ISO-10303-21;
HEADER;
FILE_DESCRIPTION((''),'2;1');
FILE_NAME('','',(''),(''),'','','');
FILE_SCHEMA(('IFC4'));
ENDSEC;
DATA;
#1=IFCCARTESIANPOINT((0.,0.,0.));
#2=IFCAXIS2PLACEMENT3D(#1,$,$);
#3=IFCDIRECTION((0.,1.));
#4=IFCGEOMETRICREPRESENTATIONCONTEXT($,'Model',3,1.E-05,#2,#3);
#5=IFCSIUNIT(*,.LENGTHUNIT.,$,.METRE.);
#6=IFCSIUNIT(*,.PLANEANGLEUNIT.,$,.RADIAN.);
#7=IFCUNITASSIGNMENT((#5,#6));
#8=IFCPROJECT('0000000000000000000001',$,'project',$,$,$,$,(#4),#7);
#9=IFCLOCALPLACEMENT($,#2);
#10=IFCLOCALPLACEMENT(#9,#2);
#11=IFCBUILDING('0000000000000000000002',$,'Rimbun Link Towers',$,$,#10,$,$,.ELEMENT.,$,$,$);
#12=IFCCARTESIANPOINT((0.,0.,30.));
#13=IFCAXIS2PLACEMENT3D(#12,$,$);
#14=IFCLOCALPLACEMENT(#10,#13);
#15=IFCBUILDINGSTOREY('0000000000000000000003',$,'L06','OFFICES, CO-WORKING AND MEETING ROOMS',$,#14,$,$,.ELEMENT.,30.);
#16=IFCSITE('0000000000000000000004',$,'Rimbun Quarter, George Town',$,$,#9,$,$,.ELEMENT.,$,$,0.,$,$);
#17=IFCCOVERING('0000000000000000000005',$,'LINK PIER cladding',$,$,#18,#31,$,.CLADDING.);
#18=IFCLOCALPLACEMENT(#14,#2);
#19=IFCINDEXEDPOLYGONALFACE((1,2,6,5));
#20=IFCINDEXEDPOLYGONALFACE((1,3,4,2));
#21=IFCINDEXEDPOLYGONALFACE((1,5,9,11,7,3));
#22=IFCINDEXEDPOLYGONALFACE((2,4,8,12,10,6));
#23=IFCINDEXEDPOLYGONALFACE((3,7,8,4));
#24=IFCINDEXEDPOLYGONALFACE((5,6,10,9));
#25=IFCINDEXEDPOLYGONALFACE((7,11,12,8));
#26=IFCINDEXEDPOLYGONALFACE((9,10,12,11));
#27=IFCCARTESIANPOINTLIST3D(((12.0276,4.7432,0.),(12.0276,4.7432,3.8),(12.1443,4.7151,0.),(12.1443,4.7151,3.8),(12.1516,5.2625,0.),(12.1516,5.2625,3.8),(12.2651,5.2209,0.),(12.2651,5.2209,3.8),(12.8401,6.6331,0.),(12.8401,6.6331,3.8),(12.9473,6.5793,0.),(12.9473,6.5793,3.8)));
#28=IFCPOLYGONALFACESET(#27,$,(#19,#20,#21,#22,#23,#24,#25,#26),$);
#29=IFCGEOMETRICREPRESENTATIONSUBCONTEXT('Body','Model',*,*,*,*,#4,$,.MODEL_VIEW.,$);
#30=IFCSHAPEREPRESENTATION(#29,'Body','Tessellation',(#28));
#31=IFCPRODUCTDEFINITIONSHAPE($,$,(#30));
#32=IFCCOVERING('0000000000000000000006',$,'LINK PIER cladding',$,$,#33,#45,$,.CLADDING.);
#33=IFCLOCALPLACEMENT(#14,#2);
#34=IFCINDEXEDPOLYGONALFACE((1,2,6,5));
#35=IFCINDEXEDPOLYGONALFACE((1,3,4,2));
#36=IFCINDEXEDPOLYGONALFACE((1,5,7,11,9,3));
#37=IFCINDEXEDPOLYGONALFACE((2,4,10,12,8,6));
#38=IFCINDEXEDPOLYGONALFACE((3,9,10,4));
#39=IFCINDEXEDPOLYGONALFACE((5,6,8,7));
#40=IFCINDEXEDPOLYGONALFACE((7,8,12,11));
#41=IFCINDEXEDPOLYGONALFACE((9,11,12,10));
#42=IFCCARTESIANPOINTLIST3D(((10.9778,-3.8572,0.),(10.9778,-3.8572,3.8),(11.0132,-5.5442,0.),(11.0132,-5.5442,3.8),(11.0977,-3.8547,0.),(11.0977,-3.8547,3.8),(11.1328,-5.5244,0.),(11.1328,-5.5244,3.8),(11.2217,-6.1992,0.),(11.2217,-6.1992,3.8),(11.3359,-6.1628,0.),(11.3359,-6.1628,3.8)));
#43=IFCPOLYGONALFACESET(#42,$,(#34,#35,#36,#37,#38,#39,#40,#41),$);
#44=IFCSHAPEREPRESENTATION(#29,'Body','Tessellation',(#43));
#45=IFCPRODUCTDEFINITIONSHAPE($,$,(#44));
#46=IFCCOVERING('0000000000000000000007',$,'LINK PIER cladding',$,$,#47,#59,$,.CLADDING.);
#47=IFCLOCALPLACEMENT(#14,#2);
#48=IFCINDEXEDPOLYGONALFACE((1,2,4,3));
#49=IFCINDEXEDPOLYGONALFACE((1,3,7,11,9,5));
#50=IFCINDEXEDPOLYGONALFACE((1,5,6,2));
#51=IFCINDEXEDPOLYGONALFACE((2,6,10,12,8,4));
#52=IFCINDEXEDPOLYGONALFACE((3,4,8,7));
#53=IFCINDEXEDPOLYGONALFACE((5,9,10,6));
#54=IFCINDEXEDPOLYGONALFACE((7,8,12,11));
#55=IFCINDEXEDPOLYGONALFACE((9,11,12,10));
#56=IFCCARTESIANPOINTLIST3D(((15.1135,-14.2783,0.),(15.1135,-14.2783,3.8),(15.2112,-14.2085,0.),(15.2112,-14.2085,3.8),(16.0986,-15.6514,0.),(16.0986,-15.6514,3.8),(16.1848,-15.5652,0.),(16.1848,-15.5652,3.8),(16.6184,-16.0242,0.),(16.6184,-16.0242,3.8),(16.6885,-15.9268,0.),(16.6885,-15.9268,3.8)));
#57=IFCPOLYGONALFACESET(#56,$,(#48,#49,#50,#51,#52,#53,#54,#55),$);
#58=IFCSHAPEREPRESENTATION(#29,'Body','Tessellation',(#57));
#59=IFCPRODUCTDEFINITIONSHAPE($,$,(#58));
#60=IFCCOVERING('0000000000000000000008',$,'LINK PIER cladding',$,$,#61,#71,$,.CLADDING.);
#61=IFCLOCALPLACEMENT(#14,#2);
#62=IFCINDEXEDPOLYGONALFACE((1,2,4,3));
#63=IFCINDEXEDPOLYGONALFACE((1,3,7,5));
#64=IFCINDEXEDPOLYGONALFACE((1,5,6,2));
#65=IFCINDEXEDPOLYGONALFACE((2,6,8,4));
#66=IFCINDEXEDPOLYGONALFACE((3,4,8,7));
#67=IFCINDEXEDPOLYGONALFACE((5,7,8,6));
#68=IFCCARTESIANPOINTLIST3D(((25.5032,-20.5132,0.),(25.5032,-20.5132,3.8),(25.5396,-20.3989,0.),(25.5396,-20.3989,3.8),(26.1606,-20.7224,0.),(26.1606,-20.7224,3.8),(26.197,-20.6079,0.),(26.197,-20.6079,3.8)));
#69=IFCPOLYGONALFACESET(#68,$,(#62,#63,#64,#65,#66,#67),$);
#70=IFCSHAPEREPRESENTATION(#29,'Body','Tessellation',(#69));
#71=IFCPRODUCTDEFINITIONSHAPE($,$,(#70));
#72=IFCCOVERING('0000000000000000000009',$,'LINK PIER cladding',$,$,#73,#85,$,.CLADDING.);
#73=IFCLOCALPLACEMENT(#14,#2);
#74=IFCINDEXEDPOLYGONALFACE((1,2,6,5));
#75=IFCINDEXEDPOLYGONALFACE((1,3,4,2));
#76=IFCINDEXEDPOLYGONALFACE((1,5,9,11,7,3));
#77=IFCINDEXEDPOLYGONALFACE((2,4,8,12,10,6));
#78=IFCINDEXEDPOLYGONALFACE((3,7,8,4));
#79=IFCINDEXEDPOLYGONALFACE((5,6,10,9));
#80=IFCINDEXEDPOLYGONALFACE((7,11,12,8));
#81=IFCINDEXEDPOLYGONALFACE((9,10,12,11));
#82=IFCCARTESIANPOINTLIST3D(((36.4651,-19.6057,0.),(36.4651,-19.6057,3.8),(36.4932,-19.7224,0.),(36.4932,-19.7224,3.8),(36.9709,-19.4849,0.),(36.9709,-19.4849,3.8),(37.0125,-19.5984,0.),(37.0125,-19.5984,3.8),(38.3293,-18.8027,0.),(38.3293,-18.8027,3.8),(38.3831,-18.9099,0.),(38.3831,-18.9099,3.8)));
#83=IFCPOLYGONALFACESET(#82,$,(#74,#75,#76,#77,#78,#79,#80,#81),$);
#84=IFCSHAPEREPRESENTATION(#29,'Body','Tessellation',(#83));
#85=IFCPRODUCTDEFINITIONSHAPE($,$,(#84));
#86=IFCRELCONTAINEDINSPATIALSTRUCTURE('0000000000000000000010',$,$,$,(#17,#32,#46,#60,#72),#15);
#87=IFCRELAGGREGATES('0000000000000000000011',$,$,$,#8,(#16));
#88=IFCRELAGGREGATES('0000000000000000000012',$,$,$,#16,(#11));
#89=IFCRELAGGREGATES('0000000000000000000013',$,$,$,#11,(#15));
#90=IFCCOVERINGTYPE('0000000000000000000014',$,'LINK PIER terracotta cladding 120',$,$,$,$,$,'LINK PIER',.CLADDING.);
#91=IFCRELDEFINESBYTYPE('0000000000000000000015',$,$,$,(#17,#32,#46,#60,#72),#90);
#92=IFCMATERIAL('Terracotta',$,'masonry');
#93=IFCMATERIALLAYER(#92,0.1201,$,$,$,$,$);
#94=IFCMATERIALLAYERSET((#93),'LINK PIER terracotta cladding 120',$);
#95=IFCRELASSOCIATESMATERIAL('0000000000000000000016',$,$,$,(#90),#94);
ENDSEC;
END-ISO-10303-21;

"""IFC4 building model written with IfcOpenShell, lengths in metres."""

from ifc_helpers import new_model, si_unit, direction, frame, origin, place, context, subcontext, project, spatial, polyline, outline, extrude, material, layer, layer_set, type_object, element, save


model = new_model("IFC4")

# Units and contexts
model_context = context("Model", 3, precision=1e-05, world=origin(), true_north=direction((0.0, 1.0)))
body_context = subcontext(model_context, "Body", "Model", "MODEL_VIEW")
ifc_project = project(units=[si_unit("LENGTHUNIT", "METRE"), si_unit("PLANEANGLEUNIT", "RADIAN")], contexts=[model_context])

# Site, building, storey
site_placement = place(None, origin())
site = spatial("IfcSite", under=ifc_project, at=site_placement, Name="Rimbun Quarter, George Town", CompositionType="ELEMENT", RefElevation=0.0)
building_placement = place(site_placement, origin())
building = spatial("IfcBuilding", under=site, at=building_placement, Name="Rimbun Link Towers", CompositionType="ELEMENT")
storey_placement = place(building_placement, frame((0.0, 0.0, 30.0)))
storey = spatial("IfcBuildingStorey", under=building, at=storey_placement, Name="L06", Description="OFFICES, CO-WORKING AND MEETING ROOMS", CompositionType="ELEMENT", Elevation=30.0)

# Coverings
ifc_material_1 = material(Name="Terracotta", Category="masonry")
ifc_layer_1 = layer(ifc_material_1, 0.1201)
ifc_layer_set_1 = layer_set([ifc_layer_1], Name="LINK PIER terracotta cladding 120")
covering_type = type_object("IfcCoveringType", Name="LINK PIER terracotta cladding 120", ElementType="LINK PIER", PredefinedType="CLADDING", material=ifc_layer_set_1)
covering_1_placement = place(storey_placement, origin())
element("IfcCovering", 1, at=covering_1_placement, inside=storey, type_object=covering_type, Name="LINK PIER cladding", PredefinedType="CLADDING", context=body_context, shape_type="SweptSolid", body=[
    extrude(outline(polyline([(12.1443, 4.7151), (12.2651, 5.2209), (12.9473, 6.5793), (12.8401, 6.6331), (12.1516, 5.2625), (12.0276, 4.7432), (12.1443, 4.7151)])), origin(), (0.0, 0.0, 1.0), 3.8),
])
covering_2_placement = place(storey_placement, origin())
element("IfcCovering", 2, at=covering_2_placement, inside=storey, type_object=covering_type, Name="LINK PIER cladding", PredefinedType="CLADDING", context=body_context, shape_type="SweptSolid", body=[
    extrude(outline(polyline([(11.3359, -6.1628), (11.1328, -5.5244), (11.0977, -3.8547), (10.9778, -3.8572), (11.0132, -5.5442), (11.2217, -6.1992), (11.3359, -6.1628)])), origin(), (0.0, 0.0, 1.0), 3.8),
])
covering_3_placement = place(storey_placement, origin())
element("IfcCovering", 3, at=covering_3_placement, inside=storey, type_object=covering_type, Name="LINK PIER cladding", PredefinedType="CLADDING", context=body_context, shape_type="SweptSolid", body=[
    extrude(outline(polyline([(16.6885, -15.9268), (16.1848, -15.5652), (15.2112, -14.2085), (15.1135, -14.2783), (16.0986, -15.6514), (16.6184, -16.0242), (16.6885, -15.9268)])), origin(), (0.0, 0.0, 1.0), 3.8),
])
covering_4_placement = place(storey_placement, origin())
element("IfcCovering", 4, at=covering_4_placement, inside=storey, type_object=covering_type, Name="LINK PIER cladding", PredefinedType="CLADDING", context=body_context, shape_type="SweptSolid", body=[
    extrude(outline(polyline([(26.197, -20.6079), (25.5396, -20.3989), (25.5032, -20.5132), (26.1606, -20.7224), (26.197, -20.6079)])), origin(), (0.0, 0.0, 1.0), 3.8),
])
covering_5_placement = place(storey_placement, origin())
element("IfcCovering", 5, at=covering_5_placement, inside=storey, type_object=covering_type, Name="LINK PIER cladding", PredefinedType="CLADDING", context=body_context, shape_type="SweptSolid", body=[
    extrude(outline(polyline([(38.3293, -18.8027), (36.9709, -19.4849), (36.4651, -19.6057), (36.4932, -19.7224), (37.0125, -19.5984), (38.3831, -18.9099), (38.3293, -18.8027)])), origin(), (0.0, 0.0, 1.0), 3.8),
])

save(model, "model.ifc")
